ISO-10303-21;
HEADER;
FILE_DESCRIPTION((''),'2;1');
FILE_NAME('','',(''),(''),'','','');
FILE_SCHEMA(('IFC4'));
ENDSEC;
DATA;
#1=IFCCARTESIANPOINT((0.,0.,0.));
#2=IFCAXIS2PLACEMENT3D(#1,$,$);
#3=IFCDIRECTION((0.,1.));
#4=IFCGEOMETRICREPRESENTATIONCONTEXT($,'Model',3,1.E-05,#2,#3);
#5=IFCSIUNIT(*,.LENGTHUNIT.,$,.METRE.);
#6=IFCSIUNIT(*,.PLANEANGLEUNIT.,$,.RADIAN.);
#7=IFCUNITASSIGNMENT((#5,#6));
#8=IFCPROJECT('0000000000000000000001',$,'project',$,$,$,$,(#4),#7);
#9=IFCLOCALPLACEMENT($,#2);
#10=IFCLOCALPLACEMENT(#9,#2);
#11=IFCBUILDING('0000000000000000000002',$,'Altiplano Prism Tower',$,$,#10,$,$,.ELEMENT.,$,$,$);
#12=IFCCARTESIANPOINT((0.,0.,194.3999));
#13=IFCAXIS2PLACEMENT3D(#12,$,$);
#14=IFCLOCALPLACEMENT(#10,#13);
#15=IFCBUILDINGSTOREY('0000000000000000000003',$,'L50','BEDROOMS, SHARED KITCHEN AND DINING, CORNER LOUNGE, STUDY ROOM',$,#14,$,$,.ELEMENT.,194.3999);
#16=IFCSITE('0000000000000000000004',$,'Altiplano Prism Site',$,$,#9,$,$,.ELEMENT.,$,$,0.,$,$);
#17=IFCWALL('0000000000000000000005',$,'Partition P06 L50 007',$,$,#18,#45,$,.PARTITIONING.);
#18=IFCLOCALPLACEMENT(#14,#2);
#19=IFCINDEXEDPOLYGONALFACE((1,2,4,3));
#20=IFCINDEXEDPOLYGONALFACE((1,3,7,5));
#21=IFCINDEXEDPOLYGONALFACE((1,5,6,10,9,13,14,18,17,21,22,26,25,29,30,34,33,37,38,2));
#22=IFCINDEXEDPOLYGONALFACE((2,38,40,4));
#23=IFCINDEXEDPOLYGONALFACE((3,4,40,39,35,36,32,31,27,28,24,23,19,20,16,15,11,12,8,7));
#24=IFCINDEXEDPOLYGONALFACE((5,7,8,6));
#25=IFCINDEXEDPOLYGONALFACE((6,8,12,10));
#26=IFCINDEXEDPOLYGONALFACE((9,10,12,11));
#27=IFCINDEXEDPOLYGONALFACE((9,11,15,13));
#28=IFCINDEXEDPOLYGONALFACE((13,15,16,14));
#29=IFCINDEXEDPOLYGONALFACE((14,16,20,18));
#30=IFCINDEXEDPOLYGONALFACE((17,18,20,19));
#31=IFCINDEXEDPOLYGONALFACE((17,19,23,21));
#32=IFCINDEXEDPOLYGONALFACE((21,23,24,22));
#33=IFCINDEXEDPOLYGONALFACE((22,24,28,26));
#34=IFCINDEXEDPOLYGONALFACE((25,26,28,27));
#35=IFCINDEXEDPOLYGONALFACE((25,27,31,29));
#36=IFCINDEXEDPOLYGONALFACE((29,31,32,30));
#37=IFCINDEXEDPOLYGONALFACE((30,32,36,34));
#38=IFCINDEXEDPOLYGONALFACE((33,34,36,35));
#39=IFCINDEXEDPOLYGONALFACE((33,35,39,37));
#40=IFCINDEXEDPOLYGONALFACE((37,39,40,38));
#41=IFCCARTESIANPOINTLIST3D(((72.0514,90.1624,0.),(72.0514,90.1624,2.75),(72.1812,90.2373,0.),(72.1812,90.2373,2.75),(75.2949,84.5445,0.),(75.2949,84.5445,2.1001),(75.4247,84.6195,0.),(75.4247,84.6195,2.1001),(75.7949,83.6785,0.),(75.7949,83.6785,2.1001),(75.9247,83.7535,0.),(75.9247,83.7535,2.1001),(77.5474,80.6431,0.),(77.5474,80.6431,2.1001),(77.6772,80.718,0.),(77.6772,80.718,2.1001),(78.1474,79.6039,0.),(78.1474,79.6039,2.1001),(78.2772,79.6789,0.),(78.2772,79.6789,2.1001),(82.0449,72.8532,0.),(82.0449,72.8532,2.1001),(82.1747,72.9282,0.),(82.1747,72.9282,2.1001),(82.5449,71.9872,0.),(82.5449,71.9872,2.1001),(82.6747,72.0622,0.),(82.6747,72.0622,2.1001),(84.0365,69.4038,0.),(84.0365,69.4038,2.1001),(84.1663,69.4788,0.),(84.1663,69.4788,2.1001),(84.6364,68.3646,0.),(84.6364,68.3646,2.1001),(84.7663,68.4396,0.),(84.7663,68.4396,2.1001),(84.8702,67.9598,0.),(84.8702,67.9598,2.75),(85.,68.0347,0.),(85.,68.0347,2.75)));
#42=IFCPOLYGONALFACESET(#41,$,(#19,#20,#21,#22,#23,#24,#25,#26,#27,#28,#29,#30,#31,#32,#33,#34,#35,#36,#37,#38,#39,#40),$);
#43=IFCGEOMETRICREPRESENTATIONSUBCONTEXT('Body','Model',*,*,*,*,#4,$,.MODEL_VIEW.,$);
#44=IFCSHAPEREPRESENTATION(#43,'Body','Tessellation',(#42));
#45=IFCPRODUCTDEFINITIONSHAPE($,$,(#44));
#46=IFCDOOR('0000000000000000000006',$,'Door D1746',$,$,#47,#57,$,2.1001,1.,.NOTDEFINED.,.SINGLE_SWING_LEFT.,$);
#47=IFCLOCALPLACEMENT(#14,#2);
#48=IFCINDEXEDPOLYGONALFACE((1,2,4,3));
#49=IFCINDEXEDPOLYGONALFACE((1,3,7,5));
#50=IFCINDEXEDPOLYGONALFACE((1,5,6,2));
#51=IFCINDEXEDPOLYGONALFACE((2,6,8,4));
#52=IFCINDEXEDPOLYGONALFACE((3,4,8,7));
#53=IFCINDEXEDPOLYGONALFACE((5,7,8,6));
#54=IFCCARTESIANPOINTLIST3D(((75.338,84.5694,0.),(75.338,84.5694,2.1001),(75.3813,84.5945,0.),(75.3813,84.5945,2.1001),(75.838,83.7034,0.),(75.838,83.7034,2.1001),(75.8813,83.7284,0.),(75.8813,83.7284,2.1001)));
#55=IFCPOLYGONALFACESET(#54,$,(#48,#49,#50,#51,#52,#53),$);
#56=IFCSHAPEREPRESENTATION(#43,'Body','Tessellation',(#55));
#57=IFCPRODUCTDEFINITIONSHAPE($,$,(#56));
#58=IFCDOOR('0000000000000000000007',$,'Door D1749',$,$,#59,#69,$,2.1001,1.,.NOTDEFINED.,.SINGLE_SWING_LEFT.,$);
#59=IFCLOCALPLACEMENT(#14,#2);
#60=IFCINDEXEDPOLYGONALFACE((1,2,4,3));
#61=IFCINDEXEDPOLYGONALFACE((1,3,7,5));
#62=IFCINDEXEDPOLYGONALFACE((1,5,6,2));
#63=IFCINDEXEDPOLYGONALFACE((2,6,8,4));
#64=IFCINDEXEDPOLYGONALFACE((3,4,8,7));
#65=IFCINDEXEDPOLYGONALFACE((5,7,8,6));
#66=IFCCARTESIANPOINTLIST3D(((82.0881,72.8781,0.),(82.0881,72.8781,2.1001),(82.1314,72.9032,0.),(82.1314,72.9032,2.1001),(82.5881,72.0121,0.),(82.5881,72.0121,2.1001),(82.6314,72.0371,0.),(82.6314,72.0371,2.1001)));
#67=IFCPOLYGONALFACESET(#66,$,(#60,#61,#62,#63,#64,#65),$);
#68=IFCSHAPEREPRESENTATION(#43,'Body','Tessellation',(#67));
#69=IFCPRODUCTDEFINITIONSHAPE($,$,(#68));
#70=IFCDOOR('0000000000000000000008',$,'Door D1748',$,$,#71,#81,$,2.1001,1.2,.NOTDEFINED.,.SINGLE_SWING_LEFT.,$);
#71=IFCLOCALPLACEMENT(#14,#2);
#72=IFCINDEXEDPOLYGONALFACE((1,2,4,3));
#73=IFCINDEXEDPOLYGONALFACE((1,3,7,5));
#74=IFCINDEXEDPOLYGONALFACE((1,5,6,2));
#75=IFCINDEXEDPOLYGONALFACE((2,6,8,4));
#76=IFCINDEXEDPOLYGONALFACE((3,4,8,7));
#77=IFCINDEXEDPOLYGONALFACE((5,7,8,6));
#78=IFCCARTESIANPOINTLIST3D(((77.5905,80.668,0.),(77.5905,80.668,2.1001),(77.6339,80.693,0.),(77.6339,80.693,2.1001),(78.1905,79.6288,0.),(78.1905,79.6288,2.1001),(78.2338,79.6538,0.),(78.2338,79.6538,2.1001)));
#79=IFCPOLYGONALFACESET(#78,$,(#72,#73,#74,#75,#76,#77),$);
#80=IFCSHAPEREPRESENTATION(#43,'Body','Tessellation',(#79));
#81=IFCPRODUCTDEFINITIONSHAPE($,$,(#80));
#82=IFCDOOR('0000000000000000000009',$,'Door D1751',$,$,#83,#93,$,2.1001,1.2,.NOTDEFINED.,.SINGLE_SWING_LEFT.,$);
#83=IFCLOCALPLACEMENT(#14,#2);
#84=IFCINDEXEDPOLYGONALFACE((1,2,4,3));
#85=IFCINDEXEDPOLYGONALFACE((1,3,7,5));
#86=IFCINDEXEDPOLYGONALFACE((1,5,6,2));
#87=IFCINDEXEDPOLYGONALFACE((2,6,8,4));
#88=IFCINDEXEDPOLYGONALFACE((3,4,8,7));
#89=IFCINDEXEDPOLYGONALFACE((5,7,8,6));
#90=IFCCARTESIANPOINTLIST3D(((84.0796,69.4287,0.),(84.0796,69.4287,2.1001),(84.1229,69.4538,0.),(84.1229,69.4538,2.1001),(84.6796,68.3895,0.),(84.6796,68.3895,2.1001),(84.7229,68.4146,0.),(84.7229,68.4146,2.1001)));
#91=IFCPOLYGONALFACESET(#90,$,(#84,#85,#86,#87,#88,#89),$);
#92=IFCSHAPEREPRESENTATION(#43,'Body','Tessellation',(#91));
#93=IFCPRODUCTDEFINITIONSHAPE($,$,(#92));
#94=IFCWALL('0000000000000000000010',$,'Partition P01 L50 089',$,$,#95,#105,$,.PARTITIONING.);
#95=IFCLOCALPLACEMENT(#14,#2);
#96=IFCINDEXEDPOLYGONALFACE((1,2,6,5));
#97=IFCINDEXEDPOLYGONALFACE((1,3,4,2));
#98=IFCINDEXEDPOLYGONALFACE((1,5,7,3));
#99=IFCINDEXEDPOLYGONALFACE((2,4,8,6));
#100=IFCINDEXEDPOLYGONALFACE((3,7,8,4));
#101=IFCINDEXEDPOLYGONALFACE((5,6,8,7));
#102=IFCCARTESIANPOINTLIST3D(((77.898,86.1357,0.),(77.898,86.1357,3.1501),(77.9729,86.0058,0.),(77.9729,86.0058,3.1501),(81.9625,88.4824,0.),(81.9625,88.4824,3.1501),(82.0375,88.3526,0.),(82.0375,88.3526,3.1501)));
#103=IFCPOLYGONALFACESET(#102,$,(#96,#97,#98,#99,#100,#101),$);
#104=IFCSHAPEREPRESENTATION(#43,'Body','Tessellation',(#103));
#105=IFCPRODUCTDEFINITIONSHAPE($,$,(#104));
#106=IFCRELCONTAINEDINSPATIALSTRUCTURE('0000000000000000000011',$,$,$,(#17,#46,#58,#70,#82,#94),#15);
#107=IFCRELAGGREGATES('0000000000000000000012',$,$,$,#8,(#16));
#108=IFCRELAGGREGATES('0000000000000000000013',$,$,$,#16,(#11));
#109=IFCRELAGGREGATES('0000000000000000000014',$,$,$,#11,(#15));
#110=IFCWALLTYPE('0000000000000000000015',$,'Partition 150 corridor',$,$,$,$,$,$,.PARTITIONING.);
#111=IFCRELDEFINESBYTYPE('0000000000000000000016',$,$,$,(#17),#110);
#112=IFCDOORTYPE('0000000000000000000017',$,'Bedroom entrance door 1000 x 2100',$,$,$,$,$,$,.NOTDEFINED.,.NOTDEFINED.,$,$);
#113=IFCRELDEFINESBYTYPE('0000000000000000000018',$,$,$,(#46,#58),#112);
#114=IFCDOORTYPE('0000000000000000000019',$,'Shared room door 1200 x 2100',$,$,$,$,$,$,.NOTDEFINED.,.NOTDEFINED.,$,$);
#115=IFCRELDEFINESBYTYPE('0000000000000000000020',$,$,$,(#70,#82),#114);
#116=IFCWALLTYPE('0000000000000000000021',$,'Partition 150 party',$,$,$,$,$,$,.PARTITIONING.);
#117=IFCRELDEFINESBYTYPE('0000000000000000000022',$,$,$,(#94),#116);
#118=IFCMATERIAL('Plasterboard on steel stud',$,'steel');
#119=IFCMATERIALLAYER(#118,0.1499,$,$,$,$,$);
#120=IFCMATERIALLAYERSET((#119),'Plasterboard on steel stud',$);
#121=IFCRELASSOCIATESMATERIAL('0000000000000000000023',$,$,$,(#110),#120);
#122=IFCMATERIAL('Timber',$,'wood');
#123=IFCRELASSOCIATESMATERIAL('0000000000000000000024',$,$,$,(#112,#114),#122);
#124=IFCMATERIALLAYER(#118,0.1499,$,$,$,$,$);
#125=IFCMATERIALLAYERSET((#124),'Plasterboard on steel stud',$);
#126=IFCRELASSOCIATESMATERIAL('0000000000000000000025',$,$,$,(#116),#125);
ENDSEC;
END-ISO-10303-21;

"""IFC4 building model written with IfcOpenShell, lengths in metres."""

from ifc_helpers import new_model, si_unit, direction, frame, frame_2d, origin, place, context, subcontext, project, spatial, rectangle, extrude, material, layer, layer_set, type_object, element, fill, save


model = new_model("IFC4")

# Units and contexts
model_context = context("Model", 3, precision=1e-05, world=origin(), true_north=direction((0.0, 1.0)))
body_context = subcontext(model_context, "Body", "Model", "MODEL_VIEW")
ifc_project = project(units=[si_unit("LENGTHUNIT", "METRE"), si_unit("PLANEANGLEUNIT", "RADIAN")], contexts=[model_context])

# Site, building, storey
site_placement = place(None, origin())
site = spatial("IfcSite", under=ifc_project, at=site_placement, Name="Altiplano Prism Site", CompositionType="ELEMENT", RefElevation=0.0)
building_placement = place(site_placement, origin())
building = spatial("IfcBuilding", under=site, at=building_placement, Name="Altiplano Prism Tower", CompositionType="ELEMENT")
storey_placement = place(building_placement, frame((0.0, 0.0, 194.3999)))
storey = spatial("IfcBuildingStorey", under=building, at=storey_placement, Name="L50", Description="BEDROOMS, SHARED KITCHEN AND DINING, CORNER LOUNGE, STUDY ROOM", CompositionType="ELEMENT", Elevation=194.3999)

# Shared definitions
ifc_material_1 = material(Name="Plasterboard on steel stud", Category="steel")

# Shared definitions
ifc_material_2 = material(Name="Timber", Category="wood")

# Shared definitions
ifc_layer_1 = layer(ifc_material_1, 0.1499)
ifc_layer_set_1 = layer_set([ifc_layer_1], Name="Plasterboard on steel stud")
wall_type_1 = type_object("IfcWallType", Name="Partition 150 corridor", PredefinedType="PARTITIONING", material=ifc_layer_set_1)
door_type_1 = type_object("IfcDoorType", Name="Bedroom entrance door 1000 x 2100", OperationType="NOTDEFINED", PredefinedType="NOTDEFINED", material=ifc_material_2)

# Wall, openings, doors
wall_1_placement = place(storey_placement, frame((72.1162, 90.2, 0.0), z_axis=(0.0, 0.0, 1.0), x_axis=(0.500004, -0.866023, 0.0)))
wall_1 = element("IfcWall", 1, at=wall_1_placement, inside=storey, type_object=wall_type_1, Name="Partition P06 L50 007", PredefinedType="PARTITIONING", context=body_context, shape_type="SweptSolid", body=[
    extrude(rectangle(XDim=25.6375, YDim=0.1499, at=frame_2d((12.8188, 0.0))), origin(), (0.0, 0.0, 1.0), 2.75),
])
opening_1_placement = place(wall_1_placement, frame((6.4871, 0.0, 0.0)))
opening_1 = element("IfcOpeningElement", 2, at=opening_1_placement, cuts=wall_1, PredefinedType="OPENING", context=body_context, shape_type="SweptSolid", body=[
    extrude(rectangle(XDim=1.0, YDim=2.1001, at=frame_2d((0.5, 1.05))), frame((0.0, 0.0854, 0.0), z_axis=(0.0, -1.0, 0.0), x_axis=(1.0, 0.0, 0.0)), (0.0, 0.0, 1.0), 0.1709),
])
opening_2_placement = place(wall_1_placement, frame((10.9919, 0.0, 0.0)))
opening_2 = element("IfcOpeningElement", 3, at=opening_2_placement, cuts=wall_1, PredefinedType="OPENING", context=body_context, shape_type="SweptSolid", body=[
    extrude(rectangle(XDim=1.2, YDim=2.1001, at=frame_2d((0.6001, 1.05))), frame((0.0, 0.0854, 0.0), z_axis=(0.0, -1.0, 0.0), x_axis=(1.0, 0.0, 0.0)), (0.0, 0.0, 1.0), 0.1709),
])
opening_3_placement = place(wall_1_placement, frame((19.9871, 0.0, 0.0)))
opening_3 = element("IfcOpeningElement", 4, at=opening_3_placement, cuts=wall_1, PredefinedType="OPENING", context=body_context, shape_type="SweptSolid", body=[
    extrude(rectangle(XDim=1.0, YDim=2.1001, at=frame_2d((0.5, 1.05))), frame((0.0, 0.0854, 0.0), z_axis=(0.0, -1.0, 0.0), x_axis=(1.0, 0.0, 0.0)), (0.0, 0.0, 1.0), 0.1709),
])
opening_4_placement = place(wall_1_placement, frame((23.97, 0.0, 0.0)))
opening_4 = element("IfcOpeningElement", 5, at=opening_4_placement, cuts=wall_1, PredefinedType="OPENING", context=body_context, shape_type="SweptSolid", body=[
    extrude(rectangle(XDim=1.2, YDim=2.1001, at=frame_2d((0.6001, 1.05))), frame((0.0, 0.0854, 0.0), z_axis=(0.0, -1.0, 0.0), x_axis=(1.0, 0.0, 0.0)), (0.0, 0.0, 1.0), 0.1709),
])
door_1_placement = place(opening_1_placement, origin())
door_1 = element("IfcDoor", 6, at=door_1_placement, inside=storey, type_object=door_type_1, Name="Door D1746", OperationType="SINGLE_SWING_LEFT", OverallHeight=2.1001, OverallWidth=1.0, PredefinedType="NOTDEFINED", context=body_context, shape_type="SweptSolid", body=[
    extrude(rectangle(XDim=1.0, YDim=2.1001, at=frame_2d((0.5, 1.05))), frame((0.0, 0.0249, 0.0), z_axis=(0.0, -1.0, 0.0), x_axis=(1.0, 0.0, 0.0)), (0.0, 0.0, 1.0), 0.05),
])
fill(opening_1, door_1)
door_2_placement = place(opening_3_placement, origin())
door_2 = element("IfcDoor", 7, at=door_2_placement, inside=storey, type_object=door_type_1, Name="Door D1749", OperationType="SINGLE_SWING_LEFT", OverallHeight=2.1001, OverallWidth=1.0, PredefinedType="NOTDEFINED", context=body_context, shape_type="SweptSolid", body=[
    extrude(rectangle(XDim=1.0, YDim=2.1001, at=frame_2d((0.5, 1.05))), frame((0.0, 0.0249, 0.0), z_axis=(0.0, -1.0, 0.0), x_axis=(1.0, 0.0, 0.0)), (0.0, 0.0, 1.0), 0.05),
])
fill(opening_3, door_2)
door_type_2 = type_object("IfcDoorType", Name="Shared room door 1200 x 2100", OperationType="NOTDEFINED", PredefinedType="NOTDEFINED", material=ifc_material_2)
door_3_placement = place(opening_2_placement, origin())
door_3 = element("IfcDoor", 8, at=door_3_placement, inside=storey, type_object=door_type_2, Name="Door D1748", OperationType="SINGLE_SWING_LEFT", OverallHeight=2.1001, OverallWidth=1.2, PredefinedType="NOTDEFINED", context=body_context, shape_type="SweptSolid", body=[
    extrude(rectangle(XDim=1.2, YDim=2.1001, at=frame_2d((0.6001, 1.05))), frame((0.0, 0.0249, 0.0), z_axis=(0.0, -1.0, 0.0), x_axis=(1.0, 0.0, 0.0)), (0.0, 0.0, 1.0), 0.05),
])
fill(opening_2, door_3)
door_4_placement = place(opening_4_placement, origin())
door_4 = element("IfcDoor", 9, at=door_4_placement, inside=storey, type_object=door_type_2, Name="Door D1751", OperationType="SINGLE_SWING_LEFT", OverallHeight=2.1001, OverallWidth=1.2, PredefinedType="NOTDEFINED", context=body_context, shape_type="SweptSolid", body=[
    extrude(rectangle(XDim=1.2, YDim=2.1001, at=frame_2d((0.6001, 1.05))), frame((0.0, 0.0249, 0.0), z_axis=(0.0, -1.0, 0.0), x_axis=(1.0, 0.0, 0.0)), (0.0, 0.0, 1.0), 0.05),
])
fill(opening_4, door_4)

# Wall
ifc_layer_2 = layer(ifc_material_1, 0.1499)
ifc_layer_set_2 = layer_set([ifc_layer_2], Name="Plasterboard on steel stud")
wall_type_2 = type_object("IfcWallType", Name="Partition 150 party", PredefinedType="PARTITIONING", material=ifc_layer_set_2)
wall_2_placement = place(storey_placement, frame((82.0, 88.4175, 0.0), z_axis=(0.0, 0.0, 1.0), x_axis=(-0.866019, -0.500011, 0.0)))
element("IfcWall", 10, at=wall_2_placement, inside=storey, type_object=wall_type_2, Name="Partition P01 L50 089", PredefinedType="PARTITIONING", context=body_context, shape_type="SweptSolid", body=[
    extrude(rectangle(XDim=4.6934, YDim=0.1499, at=frame_2d((2.3467, 0.0))), origin(), (0.0, 0.0, 1.0), 3.1501),
])

save(model, "model.ifc")
